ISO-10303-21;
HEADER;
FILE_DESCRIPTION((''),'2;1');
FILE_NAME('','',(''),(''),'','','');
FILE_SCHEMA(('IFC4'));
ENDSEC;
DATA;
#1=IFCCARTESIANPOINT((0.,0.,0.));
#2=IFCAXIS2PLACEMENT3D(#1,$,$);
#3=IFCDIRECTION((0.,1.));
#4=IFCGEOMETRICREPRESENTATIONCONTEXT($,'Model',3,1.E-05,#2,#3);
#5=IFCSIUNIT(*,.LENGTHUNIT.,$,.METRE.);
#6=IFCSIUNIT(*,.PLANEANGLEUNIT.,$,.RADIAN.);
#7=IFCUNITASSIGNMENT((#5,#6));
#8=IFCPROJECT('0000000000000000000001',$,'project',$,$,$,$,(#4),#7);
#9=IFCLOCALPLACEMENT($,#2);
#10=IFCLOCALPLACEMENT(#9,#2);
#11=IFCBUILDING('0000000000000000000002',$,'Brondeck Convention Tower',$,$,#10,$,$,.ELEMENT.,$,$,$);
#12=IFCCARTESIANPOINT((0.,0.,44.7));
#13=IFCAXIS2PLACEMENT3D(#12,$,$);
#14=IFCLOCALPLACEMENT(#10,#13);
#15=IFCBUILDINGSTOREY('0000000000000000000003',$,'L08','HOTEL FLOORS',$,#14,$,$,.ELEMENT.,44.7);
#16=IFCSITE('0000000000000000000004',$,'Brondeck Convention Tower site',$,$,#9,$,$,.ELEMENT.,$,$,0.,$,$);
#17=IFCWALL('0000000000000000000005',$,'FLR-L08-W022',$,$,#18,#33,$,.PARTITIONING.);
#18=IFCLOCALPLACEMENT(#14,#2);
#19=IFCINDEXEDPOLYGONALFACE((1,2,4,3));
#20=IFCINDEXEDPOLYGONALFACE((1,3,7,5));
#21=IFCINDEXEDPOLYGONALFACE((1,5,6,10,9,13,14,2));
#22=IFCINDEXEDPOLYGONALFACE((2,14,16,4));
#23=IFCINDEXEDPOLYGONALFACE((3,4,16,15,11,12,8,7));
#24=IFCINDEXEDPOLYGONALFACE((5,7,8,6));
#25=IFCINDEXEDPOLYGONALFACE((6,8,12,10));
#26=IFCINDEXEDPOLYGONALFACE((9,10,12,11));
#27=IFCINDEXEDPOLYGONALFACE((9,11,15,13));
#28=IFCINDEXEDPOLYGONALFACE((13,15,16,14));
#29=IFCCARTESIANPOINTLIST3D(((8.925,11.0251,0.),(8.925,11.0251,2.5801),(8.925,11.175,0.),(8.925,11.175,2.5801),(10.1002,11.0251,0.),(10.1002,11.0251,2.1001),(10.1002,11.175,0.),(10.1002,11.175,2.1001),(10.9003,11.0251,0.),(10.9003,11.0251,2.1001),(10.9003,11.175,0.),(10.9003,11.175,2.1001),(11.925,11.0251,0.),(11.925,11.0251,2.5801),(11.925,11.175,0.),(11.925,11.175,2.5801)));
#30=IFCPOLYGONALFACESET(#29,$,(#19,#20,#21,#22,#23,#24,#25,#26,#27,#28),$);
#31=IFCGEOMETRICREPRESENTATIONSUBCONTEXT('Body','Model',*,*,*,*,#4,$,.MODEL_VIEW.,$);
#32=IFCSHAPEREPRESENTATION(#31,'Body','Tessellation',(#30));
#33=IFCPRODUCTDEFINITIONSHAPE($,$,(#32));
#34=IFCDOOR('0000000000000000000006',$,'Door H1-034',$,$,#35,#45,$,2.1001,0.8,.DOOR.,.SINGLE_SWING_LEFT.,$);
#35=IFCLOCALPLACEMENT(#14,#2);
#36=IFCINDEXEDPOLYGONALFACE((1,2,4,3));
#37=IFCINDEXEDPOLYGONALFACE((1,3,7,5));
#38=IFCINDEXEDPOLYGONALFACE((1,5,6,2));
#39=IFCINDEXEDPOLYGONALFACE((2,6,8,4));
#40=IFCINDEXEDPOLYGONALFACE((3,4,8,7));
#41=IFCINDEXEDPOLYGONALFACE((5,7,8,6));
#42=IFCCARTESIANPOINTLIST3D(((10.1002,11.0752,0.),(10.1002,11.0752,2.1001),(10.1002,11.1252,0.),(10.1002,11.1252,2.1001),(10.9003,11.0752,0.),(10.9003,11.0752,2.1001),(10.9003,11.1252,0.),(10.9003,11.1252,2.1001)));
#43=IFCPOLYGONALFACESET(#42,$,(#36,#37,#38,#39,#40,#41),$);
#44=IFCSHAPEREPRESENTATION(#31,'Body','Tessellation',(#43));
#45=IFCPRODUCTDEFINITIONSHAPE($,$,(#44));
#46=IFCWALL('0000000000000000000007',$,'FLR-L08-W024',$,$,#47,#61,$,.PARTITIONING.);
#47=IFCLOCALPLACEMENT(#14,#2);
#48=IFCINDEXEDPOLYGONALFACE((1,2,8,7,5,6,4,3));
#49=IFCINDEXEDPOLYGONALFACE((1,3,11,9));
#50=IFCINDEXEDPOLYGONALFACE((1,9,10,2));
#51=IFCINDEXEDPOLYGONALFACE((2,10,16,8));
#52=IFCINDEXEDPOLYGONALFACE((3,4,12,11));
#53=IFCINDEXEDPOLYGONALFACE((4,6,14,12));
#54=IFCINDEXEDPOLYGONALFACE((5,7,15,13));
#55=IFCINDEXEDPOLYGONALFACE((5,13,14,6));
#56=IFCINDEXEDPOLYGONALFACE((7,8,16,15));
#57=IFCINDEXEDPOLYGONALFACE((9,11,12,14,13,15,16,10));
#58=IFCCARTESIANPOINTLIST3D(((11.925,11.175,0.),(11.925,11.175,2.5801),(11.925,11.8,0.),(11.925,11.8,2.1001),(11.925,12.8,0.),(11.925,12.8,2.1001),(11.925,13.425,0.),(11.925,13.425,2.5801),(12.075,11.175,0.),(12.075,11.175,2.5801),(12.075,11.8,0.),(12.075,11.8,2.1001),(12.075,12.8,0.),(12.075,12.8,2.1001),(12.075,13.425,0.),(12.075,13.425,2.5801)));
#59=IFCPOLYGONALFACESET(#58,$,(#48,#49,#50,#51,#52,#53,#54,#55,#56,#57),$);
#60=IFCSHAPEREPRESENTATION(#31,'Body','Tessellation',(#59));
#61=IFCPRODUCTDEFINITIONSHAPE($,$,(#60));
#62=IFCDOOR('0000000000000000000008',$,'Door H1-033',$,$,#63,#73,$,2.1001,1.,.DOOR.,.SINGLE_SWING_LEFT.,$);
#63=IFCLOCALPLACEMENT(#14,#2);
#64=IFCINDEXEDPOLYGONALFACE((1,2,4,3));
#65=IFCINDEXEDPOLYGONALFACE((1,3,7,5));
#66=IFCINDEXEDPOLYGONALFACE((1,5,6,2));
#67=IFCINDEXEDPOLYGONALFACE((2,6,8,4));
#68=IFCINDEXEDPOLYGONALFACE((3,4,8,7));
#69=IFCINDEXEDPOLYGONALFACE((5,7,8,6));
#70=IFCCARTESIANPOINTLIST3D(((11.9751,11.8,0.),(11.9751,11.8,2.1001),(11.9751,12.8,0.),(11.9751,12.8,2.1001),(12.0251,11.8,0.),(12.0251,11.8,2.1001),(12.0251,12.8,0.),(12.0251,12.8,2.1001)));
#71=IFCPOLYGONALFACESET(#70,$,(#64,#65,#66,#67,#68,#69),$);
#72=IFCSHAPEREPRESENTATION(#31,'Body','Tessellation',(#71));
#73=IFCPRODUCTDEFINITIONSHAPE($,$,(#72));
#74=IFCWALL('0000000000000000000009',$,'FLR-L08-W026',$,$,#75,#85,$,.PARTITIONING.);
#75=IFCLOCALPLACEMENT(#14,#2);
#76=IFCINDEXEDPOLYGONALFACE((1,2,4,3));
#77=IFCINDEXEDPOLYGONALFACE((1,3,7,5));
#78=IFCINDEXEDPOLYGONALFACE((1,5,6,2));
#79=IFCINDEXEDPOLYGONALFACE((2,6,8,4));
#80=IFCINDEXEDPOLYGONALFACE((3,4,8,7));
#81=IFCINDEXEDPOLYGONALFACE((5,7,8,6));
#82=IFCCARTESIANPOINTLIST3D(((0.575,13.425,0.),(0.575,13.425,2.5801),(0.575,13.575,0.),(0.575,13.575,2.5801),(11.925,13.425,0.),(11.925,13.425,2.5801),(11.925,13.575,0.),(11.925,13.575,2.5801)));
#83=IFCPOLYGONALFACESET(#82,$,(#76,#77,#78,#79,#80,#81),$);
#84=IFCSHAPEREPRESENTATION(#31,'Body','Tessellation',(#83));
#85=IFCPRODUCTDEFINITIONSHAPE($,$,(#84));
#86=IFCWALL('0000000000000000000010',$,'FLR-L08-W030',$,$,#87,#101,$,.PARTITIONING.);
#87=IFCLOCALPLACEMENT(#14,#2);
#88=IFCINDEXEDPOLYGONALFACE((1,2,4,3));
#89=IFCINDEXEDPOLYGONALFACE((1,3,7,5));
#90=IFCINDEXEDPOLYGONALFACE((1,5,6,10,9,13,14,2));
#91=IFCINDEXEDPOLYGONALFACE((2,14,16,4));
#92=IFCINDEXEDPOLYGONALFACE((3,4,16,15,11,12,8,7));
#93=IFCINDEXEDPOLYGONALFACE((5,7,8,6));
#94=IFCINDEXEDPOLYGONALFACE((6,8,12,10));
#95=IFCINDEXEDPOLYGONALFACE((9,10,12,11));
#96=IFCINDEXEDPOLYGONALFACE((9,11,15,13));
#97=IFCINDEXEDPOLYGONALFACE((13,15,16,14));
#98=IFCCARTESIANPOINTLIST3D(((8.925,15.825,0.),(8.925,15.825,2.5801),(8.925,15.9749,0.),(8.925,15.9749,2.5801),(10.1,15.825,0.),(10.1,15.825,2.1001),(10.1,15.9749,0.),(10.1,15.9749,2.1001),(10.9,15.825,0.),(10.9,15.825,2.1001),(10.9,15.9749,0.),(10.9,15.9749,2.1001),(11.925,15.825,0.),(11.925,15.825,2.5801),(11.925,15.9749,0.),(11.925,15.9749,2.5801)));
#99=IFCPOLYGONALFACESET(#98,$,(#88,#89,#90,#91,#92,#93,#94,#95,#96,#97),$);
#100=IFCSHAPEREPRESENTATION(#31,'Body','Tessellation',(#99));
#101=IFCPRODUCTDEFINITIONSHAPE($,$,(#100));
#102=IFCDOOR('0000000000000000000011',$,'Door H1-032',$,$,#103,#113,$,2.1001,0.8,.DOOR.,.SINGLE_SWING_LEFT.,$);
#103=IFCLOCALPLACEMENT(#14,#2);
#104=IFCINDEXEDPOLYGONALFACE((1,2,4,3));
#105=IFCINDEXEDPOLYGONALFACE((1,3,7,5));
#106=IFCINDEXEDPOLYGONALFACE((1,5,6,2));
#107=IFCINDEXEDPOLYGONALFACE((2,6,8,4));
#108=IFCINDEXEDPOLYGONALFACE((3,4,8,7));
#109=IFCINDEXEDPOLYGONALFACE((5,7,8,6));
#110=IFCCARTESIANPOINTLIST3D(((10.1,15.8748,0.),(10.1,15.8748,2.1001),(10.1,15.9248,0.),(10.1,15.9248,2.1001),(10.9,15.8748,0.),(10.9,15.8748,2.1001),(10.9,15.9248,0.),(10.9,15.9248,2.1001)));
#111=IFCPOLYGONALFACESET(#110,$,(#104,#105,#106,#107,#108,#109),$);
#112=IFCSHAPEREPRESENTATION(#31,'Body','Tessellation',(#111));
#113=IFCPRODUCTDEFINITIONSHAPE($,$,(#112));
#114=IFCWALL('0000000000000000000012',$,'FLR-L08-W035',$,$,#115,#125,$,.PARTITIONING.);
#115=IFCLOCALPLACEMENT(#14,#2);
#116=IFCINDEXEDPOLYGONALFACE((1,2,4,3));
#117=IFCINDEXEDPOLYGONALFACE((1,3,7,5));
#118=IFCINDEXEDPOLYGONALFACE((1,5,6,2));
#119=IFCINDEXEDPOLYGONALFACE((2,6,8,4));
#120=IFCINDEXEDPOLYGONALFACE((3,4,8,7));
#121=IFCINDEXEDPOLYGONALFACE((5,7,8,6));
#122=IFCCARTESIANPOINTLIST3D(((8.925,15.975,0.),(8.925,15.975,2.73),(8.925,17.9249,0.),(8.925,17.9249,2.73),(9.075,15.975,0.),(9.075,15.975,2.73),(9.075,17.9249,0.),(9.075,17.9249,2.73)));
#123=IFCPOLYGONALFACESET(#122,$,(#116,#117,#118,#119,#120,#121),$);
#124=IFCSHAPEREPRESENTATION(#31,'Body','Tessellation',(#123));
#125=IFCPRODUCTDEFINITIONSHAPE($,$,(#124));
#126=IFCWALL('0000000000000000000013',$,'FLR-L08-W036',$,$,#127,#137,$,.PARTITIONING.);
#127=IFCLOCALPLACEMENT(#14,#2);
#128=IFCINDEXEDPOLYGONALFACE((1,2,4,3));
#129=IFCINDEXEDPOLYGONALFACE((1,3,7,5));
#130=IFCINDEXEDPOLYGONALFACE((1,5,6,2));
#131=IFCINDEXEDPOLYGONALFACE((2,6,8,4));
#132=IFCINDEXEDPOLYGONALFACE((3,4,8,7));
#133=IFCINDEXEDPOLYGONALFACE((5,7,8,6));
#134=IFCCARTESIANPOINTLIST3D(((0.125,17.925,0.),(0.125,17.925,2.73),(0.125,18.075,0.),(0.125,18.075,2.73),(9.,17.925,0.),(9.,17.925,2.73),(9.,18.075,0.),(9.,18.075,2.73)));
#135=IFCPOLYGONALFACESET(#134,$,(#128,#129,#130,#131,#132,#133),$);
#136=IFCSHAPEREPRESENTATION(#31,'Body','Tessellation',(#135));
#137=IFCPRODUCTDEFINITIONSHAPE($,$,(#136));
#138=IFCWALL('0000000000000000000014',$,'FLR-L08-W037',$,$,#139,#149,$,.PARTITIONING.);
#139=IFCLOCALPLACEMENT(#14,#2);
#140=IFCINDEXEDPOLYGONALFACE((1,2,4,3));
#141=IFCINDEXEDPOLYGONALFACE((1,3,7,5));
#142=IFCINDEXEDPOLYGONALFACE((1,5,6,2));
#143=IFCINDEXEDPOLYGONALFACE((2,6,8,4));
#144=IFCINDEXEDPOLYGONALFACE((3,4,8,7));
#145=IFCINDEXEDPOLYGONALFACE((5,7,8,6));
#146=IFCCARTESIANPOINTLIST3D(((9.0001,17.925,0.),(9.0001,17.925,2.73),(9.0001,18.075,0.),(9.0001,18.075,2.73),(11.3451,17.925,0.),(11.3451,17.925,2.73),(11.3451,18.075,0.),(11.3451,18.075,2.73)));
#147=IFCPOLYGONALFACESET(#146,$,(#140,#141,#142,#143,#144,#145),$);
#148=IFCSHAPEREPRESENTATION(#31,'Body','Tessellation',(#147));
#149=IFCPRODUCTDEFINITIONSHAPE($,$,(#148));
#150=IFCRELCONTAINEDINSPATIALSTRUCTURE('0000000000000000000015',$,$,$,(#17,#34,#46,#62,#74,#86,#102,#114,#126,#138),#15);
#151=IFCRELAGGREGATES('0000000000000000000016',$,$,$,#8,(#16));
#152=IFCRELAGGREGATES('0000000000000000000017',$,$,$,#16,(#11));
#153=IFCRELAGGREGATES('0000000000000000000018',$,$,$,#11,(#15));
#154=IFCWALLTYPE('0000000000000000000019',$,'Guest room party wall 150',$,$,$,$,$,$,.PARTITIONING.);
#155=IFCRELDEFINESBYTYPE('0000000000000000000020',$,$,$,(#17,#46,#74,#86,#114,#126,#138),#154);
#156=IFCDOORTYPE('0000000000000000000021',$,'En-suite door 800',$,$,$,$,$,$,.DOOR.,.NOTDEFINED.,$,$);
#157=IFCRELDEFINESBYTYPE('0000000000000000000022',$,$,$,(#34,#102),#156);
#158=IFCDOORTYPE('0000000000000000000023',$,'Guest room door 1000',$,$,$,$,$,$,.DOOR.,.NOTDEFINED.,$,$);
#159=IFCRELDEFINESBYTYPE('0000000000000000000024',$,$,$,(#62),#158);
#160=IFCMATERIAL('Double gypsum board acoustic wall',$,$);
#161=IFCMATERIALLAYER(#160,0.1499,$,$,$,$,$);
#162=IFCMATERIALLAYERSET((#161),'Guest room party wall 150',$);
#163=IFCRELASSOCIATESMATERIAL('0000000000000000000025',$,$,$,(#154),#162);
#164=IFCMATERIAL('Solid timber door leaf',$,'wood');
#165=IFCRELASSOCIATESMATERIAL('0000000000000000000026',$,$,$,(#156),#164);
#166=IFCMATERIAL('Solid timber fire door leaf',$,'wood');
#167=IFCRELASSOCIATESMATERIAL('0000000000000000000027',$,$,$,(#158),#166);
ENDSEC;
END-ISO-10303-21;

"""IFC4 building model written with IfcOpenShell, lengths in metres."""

from ifc_helpers import new_model, si_unit, direction, frame, frame_2d, origin, place, context, subcontext, project, spatial, rectangle, extrude, material, layer, layer_set, type_object, element, fill, save


model = new_model("IFC4")

# Units and contexts
model_context = context("Model", 3, precision=1e-05, world=origin(), true_north=direction((0.0, 1.0)))
body_context = subcontext(model_context, "Body", "Model", "MODEL_VIEW")
ifc_project = project(units=[si_unit("LENGTHUNIT", "METRE"), si_unit("PLANEANGLEUNIT", "RADIAN")], contexts=[model_context])

# Site, building, storey
site_placement = place(None, origin())
site = spatial("IfcSite", under=ifc_project, at=site_placement, Name="Brondeck Convention Tower site", CompositionType="ELEMENT", RefElevation=0.0)
building_placement = place(site_placement, origin())
building = spatial("IfcBuilding", under=site, at=building_placement, Name="Brondeck Convention Tower", CompositionType="ELEMENT")
storey_placement = place(building_placement, frame((0.0, 0.0, 44.7)))
storey = spatial("IfcBuildingStorey", under=building, at=storey_placement, Name="L08", Description="HOTEL FLOORS", CompositionType="ELEMENT", Elevation=44.7)

# Shared definitions
ifc_material_1 = material(Name="Double gypsum board acoustic wall")
ifc_layer_1 = layer(ifc_material_1, 0.1499)
ifc_layer_set_1 = layer_set([ifc_layer_1], Name="Guest room party wall 150")
wall_type_1 = type_object("IfcWallType", Name="Guest room party wall 150", PredefinedType="PARTITIONING", material=ifc_layer_set_1)

# Walls, openings, doors
wall_1_placement = place(storey_placement, frame((11.925, 11.1001, 0.0), z_axis=(0.0, 0.0, 1.0), x_axis=(-1.0, 0.0, 0.0)))
wall_1 = element("IfcWall", 1, at=wall_1_placement, inside=storey, type_object=wall_type_1, Name="FLR-L08-W022", PredefinedType="PARTITIONING", context=body_context, shape_type="SweptSolid", body=[
    extrude(rectangle(XDim=3.0, YDim=0.1499, at=frame_2d((1.5, 0.0))), origin(), (0.0, 0.0, 1.0), 2.5801),
])
opening_1_placement = place(wall_1_placement, frame((1.0249, 0.0, 0.0)))
opening_1 = element("IfcOpeningElement", 2, at=opening_1_placement, cuts=wall_1, PredefinedType="OPENING", context=body_context, shape_type="SweptSolid", body=[
    extrude(rectangle(XDim=0.8, YDim=2.1001, at=frame_2d((0.3999, 1.05))), frame((0.0, 0.085, 0.0), z_axis=(0.0, -1.0, 0.0), x_axis=(1.0, 0.0, 0.0)), (0.0, 0.0, 1.0), 0.1699),
])
ifc_material_2 = material(Name="Solid timber door leaf", Category="wood")
door_type_1 = type_object("IfcDoorType", Name="En-suite door 800", OperationType="NOTDEFINED", PredefinedType="DOOR", material=ifc_material_2)
door_1_placement = place(opening_1_placement, origin())
door_1 = element("IfcDoor", 3, at=door_1_placement, inside=storey, type_object=door_type_1, Name="Door H1-034", OperationType="SINGLE_SWING_LEFT", OverallHeight=2.1001, OverallWidth=0.8, PredefinedType="DOOR", context=body_context, shape_type="SweptSolid", body=[
    extrude(rectangle(XDim=0.8, YDim=2.1001, at=frame_2d((0.3999, 1.05))), frame((0.0, 0.0249, 0.0), z_axis=(0.0, -1.0, 0.0), x_axis=(1.0, 0.0, 0.0)), (0.0, 0.0, 1.0), 0.05),
])
fill(opening_1, door_1)
wall_2_placement = place(storey_placement, frame((12.0, 11.175, 0.0), z_axis=(0.0, 0.0, 1.0), x_axis=(0.0, 1.0, 0.0)))
wall_2 = element("IfcWall", 4, at=wall_2_placement, inside=storey, type_object=wall_type_1, Name="FLR-L08-W024", PredefinedType="PARTITIONING", context=body_context, shape_type="SweptSolid", body=[
    extrude(rectangle(XDim=2.25, YDim=0.1499, at=frame_2d((1.125, 0.0))), origin(), (0.0, 0.0, 1.0), 2.5801),
])
opening_2_placement = place(wall_2_placement, frame((0.625, 0.0, 0.0)))
opening_2 = element("IfcOpeningElement", 5, at=opening_2_placement, cuts=wall_2, PredefinedType="OPENING", context=body_context, shape_type="SweptSolid", body=[
    extrude(rectangle(XDim=1.0, YDim=2.1001, at=frame_2d((0.5, 1.05))), frame((0.0, 0.085, 0.0), z_axis=(0.0, -1.0, 0.0), x_axis=(1.0, 0.0, 0.0)), (0.0, 0.0, 1.0), 0.1699),
])
ifc_material_3 = material(Name="Solid timber fire door leaf", Category="wood")
door_type_2 = type_object("IfcDoorType", Name="Guest room door 1000", OperationType="NOTDEFINED", PredefinedType="DOOR", material=ifc_material_3)
door_2_placement = place(opening_2_placement, origin())
door_2 = element("IfcDoor", 6, at=door_2_placement, inside=storey, type_object=door_type_2, Name="Door H1-033", OperationType="SINGLE_SWING_LEFT", OverallHeight=2.1001, OverallWidth=1.0, PredefinedType="DOOR", context=body_context, shape_type="SweptSolid", body=[
    extrude(rectangle(XDim=1.0, YDim=2.1001, at=frame_2d((0.5, 1.05))), frame((0.0, 0.0249, 0.0), z_axis=(0.0, -1.0, 0.0), x_axis=(1.0, 0.0, 0.0)), (0.0, 0.0, 1.0), 0.05),
])
fill(opening_2, door_2)

# Wall
wall_3_placement = place(storey_placement, frame((11.925, 13.5, 0.0), z_axis=(0.0, 0.0, 1.0), x_axis=(-1.0, 0.0, 0.0)))
element("IfcWall", 7, at=wall_3_placement, inside=storey, type_object=wall_type_1, Name="FLR-L08-W026", PredefinedType="PARTITIONING", context=body_context, shape_type="SweptSolid", body=[
    extrude(rectangle(XDim=11.3501, YDim=0.1499, at=frame_2d((5.675, 0.0))), origin(), (0.0, 0.0, 1.0), 2.5801),
])

# Wall, opening, door
wall_4_placement = place(storey_placement, frame((8.925, 15.8999, 0.0), z_axis=(0.0, 0.0, 1.0), x_axis=(1.0, 0.0, 0.0)))
wall_4 = element("IfcWall", 8, at=wall_4_placement, inside=storey, type_object=wall_type_1, Name="FLR-L08-W030", PredefinedType="PARTITIONING", context=body_context, shape_type="SweptSolid", body=[
    extrude(rectangle(XDim=3.0, YDim=0.1499, at=frame_2d((1.5, 0.0))), origin(), (0.0, 0.0, 1.0), 2.5801),
])
opening_3_placement = place(wall_4_placement, frame((1.175, 0.0, 0.0)))
opening_3 = element("IfcOpeningElement", 9, at=opening_3_placement, cuts=wall_4, PredefinedType="OPENING", context=body_context, shape_type="SweptSolid", body=[
    extrude(rectangle(XDim=0.8, YDim=2.1001, at=frame_2d((0.3999, 1.05))), frame((0.0, 0.085, 0.0), z_axis=(0.0, -1.0, 0.0), x_axis=(1.0, 0.0, 0.0)), (0.0, 0.0, 1.0), 0.1699),
])
door_3_placement = place(opening_3_placement, origin())
door_3 = element("IfcDoor", 10, at=door_3_placement, inside=storey, type_object=door_type_1, Name="Door H1-032", OperationType="SINGLE_SWING_LEFT", OverallHeight=2.1001, OverallWidth=0.8, PredefinedType="DOOR", context=body_context, shape_type="SweptSolid", body=[
    extrude(rectangle(XDim=0.8, YDim=2.1001, at=frame_2d((0.3999, 1.05))), frame((0.0, 0.0249, 0.0), z_axis=(0.0, -1.0, 0.0), x_axis=(1.0, 0.0, 0.0)), (0.0, 0.0, 1.0), 0.05),
])
fill(opening_3, door_3)

# Walls
wall_5_placement = place(storey_placement, frame((9.0, 17.925, 0.0), z_axis=(0.0, 0.0, 1.0), x_axis=(0.0, -1.0, 0.0)))
element("IfcWall", 11, at=wall_5_placement, inside=storey, type_object=wall_type_1, Name="FLR-L08-W035", PredefinedType="PARTITIONING", context=body_context, shape_type="SweptSolid", body=[
    extrude(rectangle(XDim=1.95, YDim=0.1499, at=frame_2d((0.9751, 0.0))), origin(), (0.0, 0.0, 1.0), 2.73),
])
wall_6_placement = place(storey_placement, frame((9.0, 18.0, 0.0), z_axis=(0.0, 0.0, 1.0), x_axis=(-1.0, 0.0, 0.0)))
element("IfcWall", 12, at=wall_6_placement, inside=storey, type_object=wall_type_1, Name="FLR-L08-W036", PredefinedType="PARTITIONING", context=body_context, shape_type="SweptSolid", body=[
    extrude(rectangle(XDim=8.875, YDim=0.1499, at=frame_2d((4.4375, 0.0))), origin(), (0.0, 0.0, 1.0), 2.73),
])
wall_7_placement = place(storey_placement, frame((11.345, 18.0, 0.0), z_axis=(0.0, 0.0, 1.0), x_axis=(-1.0, 0.0, 0.0)))
element("IfcWall", 13, at=wall_7_placement, inside=storey, type_object=wall_type_1, Name="FLR-L08-W037", PredefinedType="PARTITIONING", context=body_context, shape_type="SweptSolid", body=[
    extrude(rectangle(XDim=2.345, YDim=0.1499, at=frame_2d((1.1724, 0.0))), origin(), (0.0, 0.0, 1.0), 2.73),
])

save(model, "model.ifc")
